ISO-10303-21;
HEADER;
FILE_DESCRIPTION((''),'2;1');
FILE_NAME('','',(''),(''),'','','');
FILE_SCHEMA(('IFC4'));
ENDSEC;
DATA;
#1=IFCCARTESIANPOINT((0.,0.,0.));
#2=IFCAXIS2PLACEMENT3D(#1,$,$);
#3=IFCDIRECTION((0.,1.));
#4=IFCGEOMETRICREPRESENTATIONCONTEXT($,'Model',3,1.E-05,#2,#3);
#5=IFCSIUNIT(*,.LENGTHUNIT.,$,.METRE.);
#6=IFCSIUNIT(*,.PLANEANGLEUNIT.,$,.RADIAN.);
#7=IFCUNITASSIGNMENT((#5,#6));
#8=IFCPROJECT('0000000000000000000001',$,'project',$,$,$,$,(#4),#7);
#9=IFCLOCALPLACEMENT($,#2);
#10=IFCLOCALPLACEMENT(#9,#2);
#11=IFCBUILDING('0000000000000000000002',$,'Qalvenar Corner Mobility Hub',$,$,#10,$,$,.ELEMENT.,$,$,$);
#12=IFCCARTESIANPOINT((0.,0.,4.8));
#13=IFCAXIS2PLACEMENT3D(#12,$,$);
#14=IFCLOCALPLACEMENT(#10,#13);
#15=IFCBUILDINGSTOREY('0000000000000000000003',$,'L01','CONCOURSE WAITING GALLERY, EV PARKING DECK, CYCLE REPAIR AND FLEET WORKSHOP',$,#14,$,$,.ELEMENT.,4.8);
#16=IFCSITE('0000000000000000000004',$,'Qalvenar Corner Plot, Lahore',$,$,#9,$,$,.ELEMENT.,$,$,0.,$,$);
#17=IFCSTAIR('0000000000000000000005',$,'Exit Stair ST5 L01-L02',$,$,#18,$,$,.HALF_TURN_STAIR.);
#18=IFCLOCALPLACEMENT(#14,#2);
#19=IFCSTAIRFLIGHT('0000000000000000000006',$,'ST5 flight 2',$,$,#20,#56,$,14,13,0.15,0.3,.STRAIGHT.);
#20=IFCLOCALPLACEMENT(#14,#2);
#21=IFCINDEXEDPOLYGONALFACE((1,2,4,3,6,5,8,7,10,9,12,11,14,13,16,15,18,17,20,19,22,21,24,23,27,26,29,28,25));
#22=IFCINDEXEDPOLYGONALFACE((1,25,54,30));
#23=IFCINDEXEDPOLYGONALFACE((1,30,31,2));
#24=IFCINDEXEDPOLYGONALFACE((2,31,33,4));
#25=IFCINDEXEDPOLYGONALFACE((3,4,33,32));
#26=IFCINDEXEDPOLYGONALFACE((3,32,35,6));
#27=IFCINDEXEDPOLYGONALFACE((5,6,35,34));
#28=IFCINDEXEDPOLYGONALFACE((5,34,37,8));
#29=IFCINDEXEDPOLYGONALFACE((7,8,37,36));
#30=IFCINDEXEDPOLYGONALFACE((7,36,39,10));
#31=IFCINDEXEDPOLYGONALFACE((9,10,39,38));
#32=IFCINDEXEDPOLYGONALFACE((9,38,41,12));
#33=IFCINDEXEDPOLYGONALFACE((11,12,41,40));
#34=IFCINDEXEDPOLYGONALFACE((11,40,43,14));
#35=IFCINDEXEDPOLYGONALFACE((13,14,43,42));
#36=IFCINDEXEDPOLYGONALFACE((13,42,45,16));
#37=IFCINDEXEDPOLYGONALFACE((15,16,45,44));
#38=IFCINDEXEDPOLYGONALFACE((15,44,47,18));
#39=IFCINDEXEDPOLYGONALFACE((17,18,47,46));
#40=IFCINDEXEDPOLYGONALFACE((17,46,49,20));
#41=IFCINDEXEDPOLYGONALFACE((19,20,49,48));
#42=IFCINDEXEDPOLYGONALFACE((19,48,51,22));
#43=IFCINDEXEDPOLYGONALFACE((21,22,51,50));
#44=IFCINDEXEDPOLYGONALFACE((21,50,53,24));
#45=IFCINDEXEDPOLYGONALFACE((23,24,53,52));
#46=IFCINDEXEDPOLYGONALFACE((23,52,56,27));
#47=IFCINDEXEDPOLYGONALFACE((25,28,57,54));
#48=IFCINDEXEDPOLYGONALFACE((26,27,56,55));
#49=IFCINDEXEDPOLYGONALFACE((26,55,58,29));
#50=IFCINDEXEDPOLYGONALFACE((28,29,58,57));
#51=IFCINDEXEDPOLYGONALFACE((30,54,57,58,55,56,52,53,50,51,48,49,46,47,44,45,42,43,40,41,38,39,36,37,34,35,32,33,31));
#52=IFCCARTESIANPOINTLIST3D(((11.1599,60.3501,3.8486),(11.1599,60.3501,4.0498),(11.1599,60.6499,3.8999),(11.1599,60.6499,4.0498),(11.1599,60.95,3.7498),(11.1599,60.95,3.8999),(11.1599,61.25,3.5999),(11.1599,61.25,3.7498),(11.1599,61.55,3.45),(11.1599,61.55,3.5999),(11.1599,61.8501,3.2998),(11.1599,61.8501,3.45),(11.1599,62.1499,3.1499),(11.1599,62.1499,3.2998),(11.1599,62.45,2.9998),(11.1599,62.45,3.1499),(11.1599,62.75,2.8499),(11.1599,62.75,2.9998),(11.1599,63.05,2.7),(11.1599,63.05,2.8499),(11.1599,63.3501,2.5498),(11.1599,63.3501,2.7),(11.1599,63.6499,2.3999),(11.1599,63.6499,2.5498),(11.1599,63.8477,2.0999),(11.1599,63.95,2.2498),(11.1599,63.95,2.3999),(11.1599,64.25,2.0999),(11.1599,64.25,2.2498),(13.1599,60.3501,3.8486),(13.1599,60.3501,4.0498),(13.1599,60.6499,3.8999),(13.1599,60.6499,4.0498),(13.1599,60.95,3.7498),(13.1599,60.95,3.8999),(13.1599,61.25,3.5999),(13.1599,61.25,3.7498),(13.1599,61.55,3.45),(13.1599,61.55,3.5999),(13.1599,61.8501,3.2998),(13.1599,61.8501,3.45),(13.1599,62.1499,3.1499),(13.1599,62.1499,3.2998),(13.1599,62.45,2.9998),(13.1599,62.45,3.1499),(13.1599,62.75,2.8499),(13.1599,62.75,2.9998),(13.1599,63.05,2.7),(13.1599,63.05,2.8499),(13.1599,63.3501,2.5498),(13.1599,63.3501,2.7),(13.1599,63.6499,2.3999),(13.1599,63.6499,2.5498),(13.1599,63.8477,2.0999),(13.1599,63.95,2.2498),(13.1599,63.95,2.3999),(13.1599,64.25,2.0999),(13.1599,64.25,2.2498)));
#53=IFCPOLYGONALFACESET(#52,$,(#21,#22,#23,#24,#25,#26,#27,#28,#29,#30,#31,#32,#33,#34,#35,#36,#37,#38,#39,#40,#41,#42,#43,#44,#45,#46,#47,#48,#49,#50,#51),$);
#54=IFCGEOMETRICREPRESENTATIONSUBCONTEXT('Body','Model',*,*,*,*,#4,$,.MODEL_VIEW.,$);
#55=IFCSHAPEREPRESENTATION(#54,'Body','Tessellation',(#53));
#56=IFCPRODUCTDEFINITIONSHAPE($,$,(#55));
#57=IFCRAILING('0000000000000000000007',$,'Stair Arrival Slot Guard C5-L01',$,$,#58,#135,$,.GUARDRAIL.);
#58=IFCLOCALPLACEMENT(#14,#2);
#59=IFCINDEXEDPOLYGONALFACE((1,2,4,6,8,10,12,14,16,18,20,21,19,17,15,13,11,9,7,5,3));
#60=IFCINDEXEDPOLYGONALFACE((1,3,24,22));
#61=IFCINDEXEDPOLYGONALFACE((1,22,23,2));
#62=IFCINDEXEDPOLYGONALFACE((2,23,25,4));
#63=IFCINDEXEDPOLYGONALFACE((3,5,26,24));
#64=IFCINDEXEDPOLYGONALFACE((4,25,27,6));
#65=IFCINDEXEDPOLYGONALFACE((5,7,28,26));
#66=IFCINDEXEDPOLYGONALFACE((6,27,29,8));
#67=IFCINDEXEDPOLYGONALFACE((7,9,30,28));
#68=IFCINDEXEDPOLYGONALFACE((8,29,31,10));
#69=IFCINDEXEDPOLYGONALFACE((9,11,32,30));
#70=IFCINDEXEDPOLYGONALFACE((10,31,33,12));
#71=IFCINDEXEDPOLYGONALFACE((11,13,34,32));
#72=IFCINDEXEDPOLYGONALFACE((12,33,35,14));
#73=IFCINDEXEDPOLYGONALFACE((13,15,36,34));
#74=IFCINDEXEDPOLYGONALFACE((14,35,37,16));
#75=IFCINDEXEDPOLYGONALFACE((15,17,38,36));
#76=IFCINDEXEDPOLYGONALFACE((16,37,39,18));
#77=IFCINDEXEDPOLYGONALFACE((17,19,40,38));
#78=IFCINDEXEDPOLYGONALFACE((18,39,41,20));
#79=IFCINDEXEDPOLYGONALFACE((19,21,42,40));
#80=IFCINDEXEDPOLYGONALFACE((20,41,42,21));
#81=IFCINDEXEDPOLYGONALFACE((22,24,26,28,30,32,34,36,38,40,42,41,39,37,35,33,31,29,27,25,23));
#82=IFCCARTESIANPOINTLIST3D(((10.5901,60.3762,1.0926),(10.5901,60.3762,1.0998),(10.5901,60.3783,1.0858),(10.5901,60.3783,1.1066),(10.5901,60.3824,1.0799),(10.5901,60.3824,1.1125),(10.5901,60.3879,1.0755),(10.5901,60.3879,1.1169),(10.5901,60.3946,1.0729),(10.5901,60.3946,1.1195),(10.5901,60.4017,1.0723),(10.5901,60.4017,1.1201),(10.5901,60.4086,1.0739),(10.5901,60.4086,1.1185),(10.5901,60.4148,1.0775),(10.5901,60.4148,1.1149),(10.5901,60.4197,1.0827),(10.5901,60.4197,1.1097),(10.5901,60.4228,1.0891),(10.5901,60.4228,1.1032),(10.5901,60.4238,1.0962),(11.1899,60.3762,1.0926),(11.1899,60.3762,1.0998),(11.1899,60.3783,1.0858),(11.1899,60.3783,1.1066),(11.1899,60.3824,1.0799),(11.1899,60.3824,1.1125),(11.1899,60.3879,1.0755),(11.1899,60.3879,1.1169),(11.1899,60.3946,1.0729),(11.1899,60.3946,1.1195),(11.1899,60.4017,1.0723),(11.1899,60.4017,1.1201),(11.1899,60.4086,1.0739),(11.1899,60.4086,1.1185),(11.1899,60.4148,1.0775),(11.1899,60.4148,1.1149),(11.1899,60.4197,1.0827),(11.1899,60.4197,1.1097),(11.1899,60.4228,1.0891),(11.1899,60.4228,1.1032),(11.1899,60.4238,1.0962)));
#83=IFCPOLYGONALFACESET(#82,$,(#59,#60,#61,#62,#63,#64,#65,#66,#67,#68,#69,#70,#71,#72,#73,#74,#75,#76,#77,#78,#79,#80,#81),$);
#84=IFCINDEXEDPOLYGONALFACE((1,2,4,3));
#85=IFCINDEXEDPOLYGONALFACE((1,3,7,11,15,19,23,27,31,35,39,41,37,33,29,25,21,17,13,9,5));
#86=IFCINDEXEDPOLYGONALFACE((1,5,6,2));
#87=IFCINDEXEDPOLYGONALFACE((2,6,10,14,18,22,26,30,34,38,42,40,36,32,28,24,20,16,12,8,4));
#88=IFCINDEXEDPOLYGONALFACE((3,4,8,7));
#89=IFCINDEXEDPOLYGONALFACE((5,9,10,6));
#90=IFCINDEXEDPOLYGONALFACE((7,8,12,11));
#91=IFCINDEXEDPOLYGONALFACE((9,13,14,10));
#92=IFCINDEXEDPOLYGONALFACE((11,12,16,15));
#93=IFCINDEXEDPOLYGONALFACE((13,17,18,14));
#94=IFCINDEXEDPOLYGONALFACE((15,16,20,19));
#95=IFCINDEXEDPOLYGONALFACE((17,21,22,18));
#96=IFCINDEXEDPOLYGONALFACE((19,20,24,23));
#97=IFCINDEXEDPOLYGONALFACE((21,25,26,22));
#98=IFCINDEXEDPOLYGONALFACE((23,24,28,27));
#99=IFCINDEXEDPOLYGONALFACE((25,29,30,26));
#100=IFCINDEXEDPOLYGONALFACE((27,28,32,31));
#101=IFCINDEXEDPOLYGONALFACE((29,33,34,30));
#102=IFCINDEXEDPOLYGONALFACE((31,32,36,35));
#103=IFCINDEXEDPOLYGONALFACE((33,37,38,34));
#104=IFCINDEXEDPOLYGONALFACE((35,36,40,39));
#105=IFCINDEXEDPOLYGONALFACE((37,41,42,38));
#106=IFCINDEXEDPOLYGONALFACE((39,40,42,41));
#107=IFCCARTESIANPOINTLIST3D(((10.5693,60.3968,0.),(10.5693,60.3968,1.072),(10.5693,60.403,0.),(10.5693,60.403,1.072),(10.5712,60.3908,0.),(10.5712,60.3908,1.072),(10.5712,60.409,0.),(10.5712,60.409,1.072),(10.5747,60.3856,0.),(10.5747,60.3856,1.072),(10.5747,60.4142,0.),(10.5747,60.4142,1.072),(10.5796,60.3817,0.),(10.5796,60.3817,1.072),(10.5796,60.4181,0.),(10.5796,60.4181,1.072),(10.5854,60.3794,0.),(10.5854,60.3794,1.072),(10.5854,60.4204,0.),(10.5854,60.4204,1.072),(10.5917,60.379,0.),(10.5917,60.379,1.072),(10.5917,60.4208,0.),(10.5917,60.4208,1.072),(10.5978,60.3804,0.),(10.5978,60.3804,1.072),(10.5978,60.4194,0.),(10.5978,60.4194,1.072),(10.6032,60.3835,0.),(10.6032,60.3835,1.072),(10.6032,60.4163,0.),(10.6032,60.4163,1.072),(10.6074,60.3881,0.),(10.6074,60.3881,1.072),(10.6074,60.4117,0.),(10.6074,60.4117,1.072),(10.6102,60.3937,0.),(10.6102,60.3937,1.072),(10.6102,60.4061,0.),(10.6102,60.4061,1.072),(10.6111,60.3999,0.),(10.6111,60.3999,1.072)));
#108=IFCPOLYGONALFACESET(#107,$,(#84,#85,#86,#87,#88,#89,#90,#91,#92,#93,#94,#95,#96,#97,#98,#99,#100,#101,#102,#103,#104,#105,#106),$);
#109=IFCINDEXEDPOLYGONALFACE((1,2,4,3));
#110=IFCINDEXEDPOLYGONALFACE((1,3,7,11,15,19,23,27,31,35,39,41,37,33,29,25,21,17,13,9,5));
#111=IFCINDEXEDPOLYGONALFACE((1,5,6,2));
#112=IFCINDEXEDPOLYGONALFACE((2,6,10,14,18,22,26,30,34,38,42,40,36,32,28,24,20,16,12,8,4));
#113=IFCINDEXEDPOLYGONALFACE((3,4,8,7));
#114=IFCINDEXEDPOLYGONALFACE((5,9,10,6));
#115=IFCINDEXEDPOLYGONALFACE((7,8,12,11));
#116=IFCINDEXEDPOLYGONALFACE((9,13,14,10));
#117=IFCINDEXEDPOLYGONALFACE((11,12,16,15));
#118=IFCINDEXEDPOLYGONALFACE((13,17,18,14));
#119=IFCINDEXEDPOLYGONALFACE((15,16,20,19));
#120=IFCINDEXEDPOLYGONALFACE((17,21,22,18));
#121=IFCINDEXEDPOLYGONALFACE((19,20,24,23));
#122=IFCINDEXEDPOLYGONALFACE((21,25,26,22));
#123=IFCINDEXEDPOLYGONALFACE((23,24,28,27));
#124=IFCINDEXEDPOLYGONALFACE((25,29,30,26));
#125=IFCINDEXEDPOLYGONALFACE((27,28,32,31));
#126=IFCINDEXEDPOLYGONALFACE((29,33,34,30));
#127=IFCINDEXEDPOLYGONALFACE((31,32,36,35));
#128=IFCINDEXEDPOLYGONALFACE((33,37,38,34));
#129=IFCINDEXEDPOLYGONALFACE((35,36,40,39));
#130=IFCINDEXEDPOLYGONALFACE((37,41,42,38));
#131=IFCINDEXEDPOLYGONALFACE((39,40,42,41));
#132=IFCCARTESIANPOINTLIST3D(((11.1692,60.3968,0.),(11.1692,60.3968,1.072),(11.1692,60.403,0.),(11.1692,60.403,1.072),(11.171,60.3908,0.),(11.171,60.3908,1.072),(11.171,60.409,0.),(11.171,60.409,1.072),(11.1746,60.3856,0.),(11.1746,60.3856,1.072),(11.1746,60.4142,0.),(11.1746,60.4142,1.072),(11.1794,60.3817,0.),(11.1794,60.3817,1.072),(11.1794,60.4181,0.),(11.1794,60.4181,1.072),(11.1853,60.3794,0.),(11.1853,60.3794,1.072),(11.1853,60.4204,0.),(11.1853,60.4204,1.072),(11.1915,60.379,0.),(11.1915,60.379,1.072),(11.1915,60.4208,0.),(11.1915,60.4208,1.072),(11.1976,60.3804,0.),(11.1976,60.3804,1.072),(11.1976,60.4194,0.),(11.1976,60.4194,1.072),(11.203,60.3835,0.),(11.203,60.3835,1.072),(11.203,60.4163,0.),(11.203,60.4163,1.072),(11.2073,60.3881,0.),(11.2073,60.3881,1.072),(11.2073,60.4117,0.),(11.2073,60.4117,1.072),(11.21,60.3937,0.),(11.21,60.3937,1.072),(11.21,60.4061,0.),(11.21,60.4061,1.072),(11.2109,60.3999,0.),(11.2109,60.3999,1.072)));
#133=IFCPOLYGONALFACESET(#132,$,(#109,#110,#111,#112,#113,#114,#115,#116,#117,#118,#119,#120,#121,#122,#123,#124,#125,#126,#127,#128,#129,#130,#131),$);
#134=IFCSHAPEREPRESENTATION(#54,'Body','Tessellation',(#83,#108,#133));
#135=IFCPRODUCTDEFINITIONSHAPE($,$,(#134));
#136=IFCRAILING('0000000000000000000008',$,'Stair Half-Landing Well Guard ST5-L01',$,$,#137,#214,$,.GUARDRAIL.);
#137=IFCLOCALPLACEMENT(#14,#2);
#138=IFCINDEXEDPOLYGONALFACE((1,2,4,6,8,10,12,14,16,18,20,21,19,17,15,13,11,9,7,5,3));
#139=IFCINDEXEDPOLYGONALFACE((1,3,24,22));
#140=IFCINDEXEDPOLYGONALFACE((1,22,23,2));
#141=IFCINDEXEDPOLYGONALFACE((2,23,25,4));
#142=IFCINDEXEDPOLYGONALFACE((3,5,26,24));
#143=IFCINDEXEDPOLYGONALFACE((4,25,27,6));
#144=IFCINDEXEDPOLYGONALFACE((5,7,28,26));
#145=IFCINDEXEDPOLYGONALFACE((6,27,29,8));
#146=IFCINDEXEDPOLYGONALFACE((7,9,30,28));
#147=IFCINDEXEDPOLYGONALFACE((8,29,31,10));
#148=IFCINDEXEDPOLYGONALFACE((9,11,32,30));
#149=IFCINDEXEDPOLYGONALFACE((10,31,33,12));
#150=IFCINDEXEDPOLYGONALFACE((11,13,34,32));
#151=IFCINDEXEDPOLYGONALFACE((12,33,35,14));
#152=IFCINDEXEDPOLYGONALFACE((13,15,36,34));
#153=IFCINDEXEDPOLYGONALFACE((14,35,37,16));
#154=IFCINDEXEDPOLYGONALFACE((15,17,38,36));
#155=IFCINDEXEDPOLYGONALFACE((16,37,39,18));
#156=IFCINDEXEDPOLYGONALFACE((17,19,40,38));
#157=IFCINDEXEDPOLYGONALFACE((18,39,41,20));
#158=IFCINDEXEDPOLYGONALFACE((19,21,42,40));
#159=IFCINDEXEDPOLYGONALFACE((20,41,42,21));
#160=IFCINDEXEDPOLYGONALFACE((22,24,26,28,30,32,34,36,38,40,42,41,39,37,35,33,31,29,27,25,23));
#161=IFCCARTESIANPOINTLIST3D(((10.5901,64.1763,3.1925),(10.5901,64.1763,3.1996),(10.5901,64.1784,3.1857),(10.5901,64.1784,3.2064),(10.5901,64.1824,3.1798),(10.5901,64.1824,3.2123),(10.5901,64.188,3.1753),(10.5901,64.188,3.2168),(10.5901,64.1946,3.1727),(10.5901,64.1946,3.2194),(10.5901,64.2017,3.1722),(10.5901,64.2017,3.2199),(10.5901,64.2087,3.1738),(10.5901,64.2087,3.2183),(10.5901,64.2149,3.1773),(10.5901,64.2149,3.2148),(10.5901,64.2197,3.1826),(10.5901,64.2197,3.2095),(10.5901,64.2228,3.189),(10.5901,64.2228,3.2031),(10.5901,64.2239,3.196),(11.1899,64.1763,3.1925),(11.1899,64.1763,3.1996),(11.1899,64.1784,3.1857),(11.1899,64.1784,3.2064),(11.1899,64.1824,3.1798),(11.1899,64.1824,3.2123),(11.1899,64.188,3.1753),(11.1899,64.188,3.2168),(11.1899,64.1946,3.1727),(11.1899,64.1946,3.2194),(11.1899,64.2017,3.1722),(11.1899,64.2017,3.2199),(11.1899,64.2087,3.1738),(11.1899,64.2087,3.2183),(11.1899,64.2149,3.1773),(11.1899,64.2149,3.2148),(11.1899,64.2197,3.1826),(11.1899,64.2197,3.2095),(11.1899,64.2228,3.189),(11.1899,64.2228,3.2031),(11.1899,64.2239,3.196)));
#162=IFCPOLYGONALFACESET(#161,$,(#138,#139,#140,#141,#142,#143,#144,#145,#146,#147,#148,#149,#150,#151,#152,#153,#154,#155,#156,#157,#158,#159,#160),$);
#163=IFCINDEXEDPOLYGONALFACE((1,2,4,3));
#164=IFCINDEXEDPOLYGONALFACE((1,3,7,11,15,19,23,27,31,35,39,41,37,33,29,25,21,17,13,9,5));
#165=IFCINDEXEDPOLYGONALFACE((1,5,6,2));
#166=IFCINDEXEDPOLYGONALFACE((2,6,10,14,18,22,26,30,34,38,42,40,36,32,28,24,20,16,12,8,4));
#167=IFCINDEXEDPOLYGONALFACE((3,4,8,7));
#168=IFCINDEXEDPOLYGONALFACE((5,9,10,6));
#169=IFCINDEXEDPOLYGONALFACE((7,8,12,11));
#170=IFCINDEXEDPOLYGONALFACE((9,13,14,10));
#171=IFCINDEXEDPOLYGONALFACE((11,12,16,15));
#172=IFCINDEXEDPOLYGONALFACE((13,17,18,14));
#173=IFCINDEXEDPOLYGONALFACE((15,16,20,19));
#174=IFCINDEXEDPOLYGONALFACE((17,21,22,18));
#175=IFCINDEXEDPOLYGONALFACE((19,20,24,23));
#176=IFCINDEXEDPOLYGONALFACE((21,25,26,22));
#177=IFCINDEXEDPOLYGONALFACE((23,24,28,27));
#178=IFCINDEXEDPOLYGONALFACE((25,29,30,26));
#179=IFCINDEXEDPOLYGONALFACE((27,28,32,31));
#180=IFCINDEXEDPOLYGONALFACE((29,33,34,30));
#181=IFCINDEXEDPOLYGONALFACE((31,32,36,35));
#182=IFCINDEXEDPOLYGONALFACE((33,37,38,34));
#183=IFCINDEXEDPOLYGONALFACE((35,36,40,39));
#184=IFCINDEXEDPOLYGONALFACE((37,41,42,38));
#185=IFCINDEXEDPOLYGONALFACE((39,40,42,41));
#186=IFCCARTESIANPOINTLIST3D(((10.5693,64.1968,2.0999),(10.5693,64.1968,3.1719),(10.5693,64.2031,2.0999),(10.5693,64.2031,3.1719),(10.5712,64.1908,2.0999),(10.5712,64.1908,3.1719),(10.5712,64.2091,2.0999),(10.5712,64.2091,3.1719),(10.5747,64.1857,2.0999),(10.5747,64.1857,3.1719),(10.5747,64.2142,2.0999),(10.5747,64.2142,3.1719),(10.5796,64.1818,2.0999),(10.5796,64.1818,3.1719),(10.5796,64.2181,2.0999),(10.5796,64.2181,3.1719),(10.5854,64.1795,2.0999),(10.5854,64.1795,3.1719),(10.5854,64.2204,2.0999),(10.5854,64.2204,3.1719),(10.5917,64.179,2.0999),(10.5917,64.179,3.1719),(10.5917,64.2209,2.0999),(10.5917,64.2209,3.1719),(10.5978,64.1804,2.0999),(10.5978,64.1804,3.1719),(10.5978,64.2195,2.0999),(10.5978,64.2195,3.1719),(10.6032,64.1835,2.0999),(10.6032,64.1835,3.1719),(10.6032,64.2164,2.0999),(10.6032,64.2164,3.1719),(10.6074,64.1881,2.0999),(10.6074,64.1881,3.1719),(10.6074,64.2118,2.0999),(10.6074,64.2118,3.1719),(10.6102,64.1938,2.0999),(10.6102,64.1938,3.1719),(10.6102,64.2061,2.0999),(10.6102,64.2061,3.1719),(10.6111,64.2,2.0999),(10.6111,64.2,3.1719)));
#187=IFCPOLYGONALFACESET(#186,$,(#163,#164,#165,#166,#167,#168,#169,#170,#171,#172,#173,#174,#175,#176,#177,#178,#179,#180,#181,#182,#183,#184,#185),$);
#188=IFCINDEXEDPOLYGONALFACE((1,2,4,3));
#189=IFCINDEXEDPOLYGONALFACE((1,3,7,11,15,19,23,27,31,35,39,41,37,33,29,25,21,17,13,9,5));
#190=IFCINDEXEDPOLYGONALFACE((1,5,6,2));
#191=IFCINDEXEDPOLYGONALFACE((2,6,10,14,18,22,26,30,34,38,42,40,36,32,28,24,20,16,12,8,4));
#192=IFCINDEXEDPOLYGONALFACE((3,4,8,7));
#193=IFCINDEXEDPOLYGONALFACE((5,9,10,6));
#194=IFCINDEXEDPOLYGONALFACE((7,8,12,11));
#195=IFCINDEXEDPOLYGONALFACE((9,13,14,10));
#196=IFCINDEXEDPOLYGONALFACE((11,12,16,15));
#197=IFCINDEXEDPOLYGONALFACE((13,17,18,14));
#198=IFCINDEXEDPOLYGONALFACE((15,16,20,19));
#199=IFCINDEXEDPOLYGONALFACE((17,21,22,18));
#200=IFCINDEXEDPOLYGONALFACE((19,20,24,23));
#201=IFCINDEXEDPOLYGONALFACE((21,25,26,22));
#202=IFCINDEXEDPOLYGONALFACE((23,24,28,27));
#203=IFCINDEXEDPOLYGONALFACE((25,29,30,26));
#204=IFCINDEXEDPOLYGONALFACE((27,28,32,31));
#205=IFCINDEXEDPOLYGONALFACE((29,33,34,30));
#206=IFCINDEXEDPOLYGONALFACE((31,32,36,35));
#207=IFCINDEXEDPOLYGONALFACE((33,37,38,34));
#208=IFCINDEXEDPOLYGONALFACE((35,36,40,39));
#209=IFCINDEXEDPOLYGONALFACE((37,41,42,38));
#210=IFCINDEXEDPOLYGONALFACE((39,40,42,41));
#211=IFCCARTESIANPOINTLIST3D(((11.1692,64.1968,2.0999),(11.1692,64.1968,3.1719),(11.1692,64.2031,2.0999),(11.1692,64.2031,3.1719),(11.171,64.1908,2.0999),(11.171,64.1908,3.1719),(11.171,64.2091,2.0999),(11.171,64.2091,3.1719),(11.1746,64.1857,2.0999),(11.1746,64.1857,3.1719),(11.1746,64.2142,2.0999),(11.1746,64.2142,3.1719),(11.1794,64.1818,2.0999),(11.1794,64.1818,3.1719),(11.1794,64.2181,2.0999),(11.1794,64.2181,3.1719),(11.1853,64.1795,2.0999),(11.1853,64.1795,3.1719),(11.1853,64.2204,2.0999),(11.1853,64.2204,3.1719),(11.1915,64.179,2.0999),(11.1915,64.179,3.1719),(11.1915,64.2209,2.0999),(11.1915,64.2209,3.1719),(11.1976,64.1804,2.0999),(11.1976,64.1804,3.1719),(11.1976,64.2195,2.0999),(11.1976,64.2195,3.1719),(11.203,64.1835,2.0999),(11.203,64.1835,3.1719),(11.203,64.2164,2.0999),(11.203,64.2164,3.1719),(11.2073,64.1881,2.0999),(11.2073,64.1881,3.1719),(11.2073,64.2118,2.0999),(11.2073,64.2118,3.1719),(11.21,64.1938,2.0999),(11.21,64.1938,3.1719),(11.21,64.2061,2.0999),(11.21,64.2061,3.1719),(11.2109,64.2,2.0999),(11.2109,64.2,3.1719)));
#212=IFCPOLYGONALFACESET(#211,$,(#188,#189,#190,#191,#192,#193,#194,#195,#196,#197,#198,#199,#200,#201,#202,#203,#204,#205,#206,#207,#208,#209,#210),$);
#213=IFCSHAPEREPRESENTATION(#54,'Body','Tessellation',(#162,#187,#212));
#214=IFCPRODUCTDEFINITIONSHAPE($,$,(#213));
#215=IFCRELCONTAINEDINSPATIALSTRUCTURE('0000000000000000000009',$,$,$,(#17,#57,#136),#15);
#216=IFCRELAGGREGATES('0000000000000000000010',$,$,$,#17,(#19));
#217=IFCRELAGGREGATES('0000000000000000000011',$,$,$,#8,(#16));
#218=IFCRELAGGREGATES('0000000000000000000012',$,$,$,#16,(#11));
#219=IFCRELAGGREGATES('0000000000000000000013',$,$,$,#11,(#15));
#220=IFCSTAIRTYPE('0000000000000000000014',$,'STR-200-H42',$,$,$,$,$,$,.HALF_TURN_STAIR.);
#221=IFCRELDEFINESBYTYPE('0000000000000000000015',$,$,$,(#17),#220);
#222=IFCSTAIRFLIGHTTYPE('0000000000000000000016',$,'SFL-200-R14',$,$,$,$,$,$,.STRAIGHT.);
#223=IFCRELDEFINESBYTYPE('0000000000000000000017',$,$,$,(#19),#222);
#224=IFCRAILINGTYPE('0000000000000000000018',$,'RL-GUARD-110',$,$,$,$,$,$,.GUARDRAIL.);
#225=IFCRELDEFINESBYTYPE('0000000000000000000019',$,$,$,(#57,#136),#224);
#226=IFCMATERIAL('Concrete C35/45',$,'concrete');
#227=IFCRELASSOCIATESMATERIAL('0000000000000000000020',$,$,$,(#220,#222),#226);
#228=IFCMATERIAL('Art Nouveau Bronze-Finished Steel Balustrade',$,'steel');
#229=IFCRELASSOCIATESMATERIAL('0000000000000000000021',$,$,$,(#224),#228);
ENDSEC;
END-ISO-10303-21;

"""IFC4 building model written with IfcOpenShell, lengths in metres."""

from ifc_helpers import new_model, si_unit, direction, frame, origin, origin_2d, place, context, subcontext, project, spatial, polyline, circle, outline, extrude, material, type_object, element, aggregate, save


model = new_model("IFC4")

# Units and contexts
model_context = context("Model", 3, precision=1e-05, world=origin(), true_north=direction((0.0, 1.0)))
body_context = subcontext(model_context, "Body", "Model", "MODEL_VIEW")
ifc_project = project(units=[si_unit("LENGTHUNIT", "METRE"), si_unit("PLANEANGLEUNIT", "RADIAN")], contexts=[model_context])

# Site, building, storey
site_placement = place(None, origin())
site = spatial("IfcSite", under=ifc_project, at=site_placement, Name="Qalvenar Corner Plot, Lahore", CompositionType="ELEMENT", RefElevation=0.0)
building_placement = place(site_placement, origin())
building = spatial("IfcBuilding", under=site, at=building_placement, Name="Qalvenar Corner Mobility Hub", CompositionType="ELEMENT")
storey_placement = place(building_placement, frame((0.0, 0.0, 4.8)))
storey = spatial("IfcBuildingStorey", under=building, at=storey_placement, Name="L01", Description="CONCOURSE WAITING GALLERY, EV PARKING DECK, CYCLE REPAIR AND FLEET WORKSHOP", CompositionType="ELEMENT", Elevation=4.8)

# Stair, stair flight
ifc_material_1 = material(Name="Concrete C35/45", Category="concrete")
stair_type = type_object("IfcStairType", Name="STR-200-H42", PredefinedType="HALF_TURN_STAIR", material=ifc_material_1)
stair_placement = place(storey_placement, origin())
stair = element("IfcStair", 1, at=stair_placement, inside=storey, type_object=stair_type, Name="Exit Stair ST5 L01-L02", PredefinedType="HALF_TURN_STAIR")
stair_flight_type = type_object("IfcStairFlightType", Name="SFL-200-R14", PredefinedType="STRAIGHT", material=ifc_material_1)
stair_flight_1_placement = place(storey_placement, frame((12.1599, 64.25, 2.0999), z_axis=(0.0, 0.0, 1.0), x_axis=(0.0, -1.0, 0.0)))
stair_flight_1 = element("IfcStairFlight", 2, at=stair_flight_1_placement, type_object=stair_flight_type, Name="ST5 flight 2", NumberOfRisers=14, NumberOfTreads=13, PredefinedType="STRAIGHT", RiserHeight=0.15, TreadLength=0.3, context=body_context, shape_type="SweptSolid", body=[
    extrude(outline(polyline([(0.0, 0.0), (0.0, 0.1499), (0.3, 0.1499), (0.3, 0.3), (0.6001, 0.3), (0.6001, 0.45), (0.8999, 0.45), (0.8999, 0.6001), (1.2, 0.6001), (1.2, 0.75), (1.5, 0.75), (1.5, 0.8999), (1.8, 0.8999), (1.8, 1.05), (2.1001, 1.05), (2.1001, 1.2), (2.3999, 1.2), (2.3999, 1.3501), (2.7, 1.3501), (2.7, 1.5), (3.0, 1.5), (3.0, 1.6499), (3.3, 1.6499), (3.3, 1.8), (3.6001, 1.8), (3.6001, 1.95), (3.8999, 1.95), (3.8999, 2.1001), (3.8999, 1.7488), (0.4023, 0.0), (0.0, 0.0)])), frame((0.0, 1.0, 0.0), z_axis=(0.0, -1.0, 0.0), x_axis=(1.0, 0.0, 0.0)), (0.0, 0.0, 1.0), 2.0),
])
aggregate(stair, [stair_flight_1])

# Railings
ifc_material_2 = material(Name="Art Nouveau Bronze-Finished Steel Balustrade", Category="steel")
railing_type_1 = type_object("IfcRailingType", Name="RL-GUARD-110", PredefinedType="GUARDRAIL", material=ifc_material_2)
for number, where, name in (
    (3, (10.5901, 60.3999, 0.0), "Stair Arrival Slot Guard C5-L01"),
    (4, (10.5901, 64.2, 2.0999), "Stair Half-Landing Well Guard ST5-L01"),
):
    element("IfcRailing", number, at=place(storey_placement, frame(where)), inside=storey, type_object=railing_type_1, Name=name, PredefinedType="GUARDRAIL", context=body_context, shape_type="SweptSolid", body=[
        extrude(circle(Radius=0.0239, at=origin_2d()), frame((0.0, 0.0, 1.0962), z_axis=(1.0, 0.0, 0.0), x_axis=(0.0, 1.0, 0.0)), (0.0, 0.0, 1.0), 0.5999),
        extrude(circle(Radius=0.021, at=origin_2d()), origin(), (0.0, 0.0, 1.0), 1.072),
        extrude(circle(Radius=0.021, at=origin_2d()), frame((0.5999, 0.0, 0.0)), (0.0, 0.0, 1.0), 1.072),
    ])

save(model, "model.ifc")
